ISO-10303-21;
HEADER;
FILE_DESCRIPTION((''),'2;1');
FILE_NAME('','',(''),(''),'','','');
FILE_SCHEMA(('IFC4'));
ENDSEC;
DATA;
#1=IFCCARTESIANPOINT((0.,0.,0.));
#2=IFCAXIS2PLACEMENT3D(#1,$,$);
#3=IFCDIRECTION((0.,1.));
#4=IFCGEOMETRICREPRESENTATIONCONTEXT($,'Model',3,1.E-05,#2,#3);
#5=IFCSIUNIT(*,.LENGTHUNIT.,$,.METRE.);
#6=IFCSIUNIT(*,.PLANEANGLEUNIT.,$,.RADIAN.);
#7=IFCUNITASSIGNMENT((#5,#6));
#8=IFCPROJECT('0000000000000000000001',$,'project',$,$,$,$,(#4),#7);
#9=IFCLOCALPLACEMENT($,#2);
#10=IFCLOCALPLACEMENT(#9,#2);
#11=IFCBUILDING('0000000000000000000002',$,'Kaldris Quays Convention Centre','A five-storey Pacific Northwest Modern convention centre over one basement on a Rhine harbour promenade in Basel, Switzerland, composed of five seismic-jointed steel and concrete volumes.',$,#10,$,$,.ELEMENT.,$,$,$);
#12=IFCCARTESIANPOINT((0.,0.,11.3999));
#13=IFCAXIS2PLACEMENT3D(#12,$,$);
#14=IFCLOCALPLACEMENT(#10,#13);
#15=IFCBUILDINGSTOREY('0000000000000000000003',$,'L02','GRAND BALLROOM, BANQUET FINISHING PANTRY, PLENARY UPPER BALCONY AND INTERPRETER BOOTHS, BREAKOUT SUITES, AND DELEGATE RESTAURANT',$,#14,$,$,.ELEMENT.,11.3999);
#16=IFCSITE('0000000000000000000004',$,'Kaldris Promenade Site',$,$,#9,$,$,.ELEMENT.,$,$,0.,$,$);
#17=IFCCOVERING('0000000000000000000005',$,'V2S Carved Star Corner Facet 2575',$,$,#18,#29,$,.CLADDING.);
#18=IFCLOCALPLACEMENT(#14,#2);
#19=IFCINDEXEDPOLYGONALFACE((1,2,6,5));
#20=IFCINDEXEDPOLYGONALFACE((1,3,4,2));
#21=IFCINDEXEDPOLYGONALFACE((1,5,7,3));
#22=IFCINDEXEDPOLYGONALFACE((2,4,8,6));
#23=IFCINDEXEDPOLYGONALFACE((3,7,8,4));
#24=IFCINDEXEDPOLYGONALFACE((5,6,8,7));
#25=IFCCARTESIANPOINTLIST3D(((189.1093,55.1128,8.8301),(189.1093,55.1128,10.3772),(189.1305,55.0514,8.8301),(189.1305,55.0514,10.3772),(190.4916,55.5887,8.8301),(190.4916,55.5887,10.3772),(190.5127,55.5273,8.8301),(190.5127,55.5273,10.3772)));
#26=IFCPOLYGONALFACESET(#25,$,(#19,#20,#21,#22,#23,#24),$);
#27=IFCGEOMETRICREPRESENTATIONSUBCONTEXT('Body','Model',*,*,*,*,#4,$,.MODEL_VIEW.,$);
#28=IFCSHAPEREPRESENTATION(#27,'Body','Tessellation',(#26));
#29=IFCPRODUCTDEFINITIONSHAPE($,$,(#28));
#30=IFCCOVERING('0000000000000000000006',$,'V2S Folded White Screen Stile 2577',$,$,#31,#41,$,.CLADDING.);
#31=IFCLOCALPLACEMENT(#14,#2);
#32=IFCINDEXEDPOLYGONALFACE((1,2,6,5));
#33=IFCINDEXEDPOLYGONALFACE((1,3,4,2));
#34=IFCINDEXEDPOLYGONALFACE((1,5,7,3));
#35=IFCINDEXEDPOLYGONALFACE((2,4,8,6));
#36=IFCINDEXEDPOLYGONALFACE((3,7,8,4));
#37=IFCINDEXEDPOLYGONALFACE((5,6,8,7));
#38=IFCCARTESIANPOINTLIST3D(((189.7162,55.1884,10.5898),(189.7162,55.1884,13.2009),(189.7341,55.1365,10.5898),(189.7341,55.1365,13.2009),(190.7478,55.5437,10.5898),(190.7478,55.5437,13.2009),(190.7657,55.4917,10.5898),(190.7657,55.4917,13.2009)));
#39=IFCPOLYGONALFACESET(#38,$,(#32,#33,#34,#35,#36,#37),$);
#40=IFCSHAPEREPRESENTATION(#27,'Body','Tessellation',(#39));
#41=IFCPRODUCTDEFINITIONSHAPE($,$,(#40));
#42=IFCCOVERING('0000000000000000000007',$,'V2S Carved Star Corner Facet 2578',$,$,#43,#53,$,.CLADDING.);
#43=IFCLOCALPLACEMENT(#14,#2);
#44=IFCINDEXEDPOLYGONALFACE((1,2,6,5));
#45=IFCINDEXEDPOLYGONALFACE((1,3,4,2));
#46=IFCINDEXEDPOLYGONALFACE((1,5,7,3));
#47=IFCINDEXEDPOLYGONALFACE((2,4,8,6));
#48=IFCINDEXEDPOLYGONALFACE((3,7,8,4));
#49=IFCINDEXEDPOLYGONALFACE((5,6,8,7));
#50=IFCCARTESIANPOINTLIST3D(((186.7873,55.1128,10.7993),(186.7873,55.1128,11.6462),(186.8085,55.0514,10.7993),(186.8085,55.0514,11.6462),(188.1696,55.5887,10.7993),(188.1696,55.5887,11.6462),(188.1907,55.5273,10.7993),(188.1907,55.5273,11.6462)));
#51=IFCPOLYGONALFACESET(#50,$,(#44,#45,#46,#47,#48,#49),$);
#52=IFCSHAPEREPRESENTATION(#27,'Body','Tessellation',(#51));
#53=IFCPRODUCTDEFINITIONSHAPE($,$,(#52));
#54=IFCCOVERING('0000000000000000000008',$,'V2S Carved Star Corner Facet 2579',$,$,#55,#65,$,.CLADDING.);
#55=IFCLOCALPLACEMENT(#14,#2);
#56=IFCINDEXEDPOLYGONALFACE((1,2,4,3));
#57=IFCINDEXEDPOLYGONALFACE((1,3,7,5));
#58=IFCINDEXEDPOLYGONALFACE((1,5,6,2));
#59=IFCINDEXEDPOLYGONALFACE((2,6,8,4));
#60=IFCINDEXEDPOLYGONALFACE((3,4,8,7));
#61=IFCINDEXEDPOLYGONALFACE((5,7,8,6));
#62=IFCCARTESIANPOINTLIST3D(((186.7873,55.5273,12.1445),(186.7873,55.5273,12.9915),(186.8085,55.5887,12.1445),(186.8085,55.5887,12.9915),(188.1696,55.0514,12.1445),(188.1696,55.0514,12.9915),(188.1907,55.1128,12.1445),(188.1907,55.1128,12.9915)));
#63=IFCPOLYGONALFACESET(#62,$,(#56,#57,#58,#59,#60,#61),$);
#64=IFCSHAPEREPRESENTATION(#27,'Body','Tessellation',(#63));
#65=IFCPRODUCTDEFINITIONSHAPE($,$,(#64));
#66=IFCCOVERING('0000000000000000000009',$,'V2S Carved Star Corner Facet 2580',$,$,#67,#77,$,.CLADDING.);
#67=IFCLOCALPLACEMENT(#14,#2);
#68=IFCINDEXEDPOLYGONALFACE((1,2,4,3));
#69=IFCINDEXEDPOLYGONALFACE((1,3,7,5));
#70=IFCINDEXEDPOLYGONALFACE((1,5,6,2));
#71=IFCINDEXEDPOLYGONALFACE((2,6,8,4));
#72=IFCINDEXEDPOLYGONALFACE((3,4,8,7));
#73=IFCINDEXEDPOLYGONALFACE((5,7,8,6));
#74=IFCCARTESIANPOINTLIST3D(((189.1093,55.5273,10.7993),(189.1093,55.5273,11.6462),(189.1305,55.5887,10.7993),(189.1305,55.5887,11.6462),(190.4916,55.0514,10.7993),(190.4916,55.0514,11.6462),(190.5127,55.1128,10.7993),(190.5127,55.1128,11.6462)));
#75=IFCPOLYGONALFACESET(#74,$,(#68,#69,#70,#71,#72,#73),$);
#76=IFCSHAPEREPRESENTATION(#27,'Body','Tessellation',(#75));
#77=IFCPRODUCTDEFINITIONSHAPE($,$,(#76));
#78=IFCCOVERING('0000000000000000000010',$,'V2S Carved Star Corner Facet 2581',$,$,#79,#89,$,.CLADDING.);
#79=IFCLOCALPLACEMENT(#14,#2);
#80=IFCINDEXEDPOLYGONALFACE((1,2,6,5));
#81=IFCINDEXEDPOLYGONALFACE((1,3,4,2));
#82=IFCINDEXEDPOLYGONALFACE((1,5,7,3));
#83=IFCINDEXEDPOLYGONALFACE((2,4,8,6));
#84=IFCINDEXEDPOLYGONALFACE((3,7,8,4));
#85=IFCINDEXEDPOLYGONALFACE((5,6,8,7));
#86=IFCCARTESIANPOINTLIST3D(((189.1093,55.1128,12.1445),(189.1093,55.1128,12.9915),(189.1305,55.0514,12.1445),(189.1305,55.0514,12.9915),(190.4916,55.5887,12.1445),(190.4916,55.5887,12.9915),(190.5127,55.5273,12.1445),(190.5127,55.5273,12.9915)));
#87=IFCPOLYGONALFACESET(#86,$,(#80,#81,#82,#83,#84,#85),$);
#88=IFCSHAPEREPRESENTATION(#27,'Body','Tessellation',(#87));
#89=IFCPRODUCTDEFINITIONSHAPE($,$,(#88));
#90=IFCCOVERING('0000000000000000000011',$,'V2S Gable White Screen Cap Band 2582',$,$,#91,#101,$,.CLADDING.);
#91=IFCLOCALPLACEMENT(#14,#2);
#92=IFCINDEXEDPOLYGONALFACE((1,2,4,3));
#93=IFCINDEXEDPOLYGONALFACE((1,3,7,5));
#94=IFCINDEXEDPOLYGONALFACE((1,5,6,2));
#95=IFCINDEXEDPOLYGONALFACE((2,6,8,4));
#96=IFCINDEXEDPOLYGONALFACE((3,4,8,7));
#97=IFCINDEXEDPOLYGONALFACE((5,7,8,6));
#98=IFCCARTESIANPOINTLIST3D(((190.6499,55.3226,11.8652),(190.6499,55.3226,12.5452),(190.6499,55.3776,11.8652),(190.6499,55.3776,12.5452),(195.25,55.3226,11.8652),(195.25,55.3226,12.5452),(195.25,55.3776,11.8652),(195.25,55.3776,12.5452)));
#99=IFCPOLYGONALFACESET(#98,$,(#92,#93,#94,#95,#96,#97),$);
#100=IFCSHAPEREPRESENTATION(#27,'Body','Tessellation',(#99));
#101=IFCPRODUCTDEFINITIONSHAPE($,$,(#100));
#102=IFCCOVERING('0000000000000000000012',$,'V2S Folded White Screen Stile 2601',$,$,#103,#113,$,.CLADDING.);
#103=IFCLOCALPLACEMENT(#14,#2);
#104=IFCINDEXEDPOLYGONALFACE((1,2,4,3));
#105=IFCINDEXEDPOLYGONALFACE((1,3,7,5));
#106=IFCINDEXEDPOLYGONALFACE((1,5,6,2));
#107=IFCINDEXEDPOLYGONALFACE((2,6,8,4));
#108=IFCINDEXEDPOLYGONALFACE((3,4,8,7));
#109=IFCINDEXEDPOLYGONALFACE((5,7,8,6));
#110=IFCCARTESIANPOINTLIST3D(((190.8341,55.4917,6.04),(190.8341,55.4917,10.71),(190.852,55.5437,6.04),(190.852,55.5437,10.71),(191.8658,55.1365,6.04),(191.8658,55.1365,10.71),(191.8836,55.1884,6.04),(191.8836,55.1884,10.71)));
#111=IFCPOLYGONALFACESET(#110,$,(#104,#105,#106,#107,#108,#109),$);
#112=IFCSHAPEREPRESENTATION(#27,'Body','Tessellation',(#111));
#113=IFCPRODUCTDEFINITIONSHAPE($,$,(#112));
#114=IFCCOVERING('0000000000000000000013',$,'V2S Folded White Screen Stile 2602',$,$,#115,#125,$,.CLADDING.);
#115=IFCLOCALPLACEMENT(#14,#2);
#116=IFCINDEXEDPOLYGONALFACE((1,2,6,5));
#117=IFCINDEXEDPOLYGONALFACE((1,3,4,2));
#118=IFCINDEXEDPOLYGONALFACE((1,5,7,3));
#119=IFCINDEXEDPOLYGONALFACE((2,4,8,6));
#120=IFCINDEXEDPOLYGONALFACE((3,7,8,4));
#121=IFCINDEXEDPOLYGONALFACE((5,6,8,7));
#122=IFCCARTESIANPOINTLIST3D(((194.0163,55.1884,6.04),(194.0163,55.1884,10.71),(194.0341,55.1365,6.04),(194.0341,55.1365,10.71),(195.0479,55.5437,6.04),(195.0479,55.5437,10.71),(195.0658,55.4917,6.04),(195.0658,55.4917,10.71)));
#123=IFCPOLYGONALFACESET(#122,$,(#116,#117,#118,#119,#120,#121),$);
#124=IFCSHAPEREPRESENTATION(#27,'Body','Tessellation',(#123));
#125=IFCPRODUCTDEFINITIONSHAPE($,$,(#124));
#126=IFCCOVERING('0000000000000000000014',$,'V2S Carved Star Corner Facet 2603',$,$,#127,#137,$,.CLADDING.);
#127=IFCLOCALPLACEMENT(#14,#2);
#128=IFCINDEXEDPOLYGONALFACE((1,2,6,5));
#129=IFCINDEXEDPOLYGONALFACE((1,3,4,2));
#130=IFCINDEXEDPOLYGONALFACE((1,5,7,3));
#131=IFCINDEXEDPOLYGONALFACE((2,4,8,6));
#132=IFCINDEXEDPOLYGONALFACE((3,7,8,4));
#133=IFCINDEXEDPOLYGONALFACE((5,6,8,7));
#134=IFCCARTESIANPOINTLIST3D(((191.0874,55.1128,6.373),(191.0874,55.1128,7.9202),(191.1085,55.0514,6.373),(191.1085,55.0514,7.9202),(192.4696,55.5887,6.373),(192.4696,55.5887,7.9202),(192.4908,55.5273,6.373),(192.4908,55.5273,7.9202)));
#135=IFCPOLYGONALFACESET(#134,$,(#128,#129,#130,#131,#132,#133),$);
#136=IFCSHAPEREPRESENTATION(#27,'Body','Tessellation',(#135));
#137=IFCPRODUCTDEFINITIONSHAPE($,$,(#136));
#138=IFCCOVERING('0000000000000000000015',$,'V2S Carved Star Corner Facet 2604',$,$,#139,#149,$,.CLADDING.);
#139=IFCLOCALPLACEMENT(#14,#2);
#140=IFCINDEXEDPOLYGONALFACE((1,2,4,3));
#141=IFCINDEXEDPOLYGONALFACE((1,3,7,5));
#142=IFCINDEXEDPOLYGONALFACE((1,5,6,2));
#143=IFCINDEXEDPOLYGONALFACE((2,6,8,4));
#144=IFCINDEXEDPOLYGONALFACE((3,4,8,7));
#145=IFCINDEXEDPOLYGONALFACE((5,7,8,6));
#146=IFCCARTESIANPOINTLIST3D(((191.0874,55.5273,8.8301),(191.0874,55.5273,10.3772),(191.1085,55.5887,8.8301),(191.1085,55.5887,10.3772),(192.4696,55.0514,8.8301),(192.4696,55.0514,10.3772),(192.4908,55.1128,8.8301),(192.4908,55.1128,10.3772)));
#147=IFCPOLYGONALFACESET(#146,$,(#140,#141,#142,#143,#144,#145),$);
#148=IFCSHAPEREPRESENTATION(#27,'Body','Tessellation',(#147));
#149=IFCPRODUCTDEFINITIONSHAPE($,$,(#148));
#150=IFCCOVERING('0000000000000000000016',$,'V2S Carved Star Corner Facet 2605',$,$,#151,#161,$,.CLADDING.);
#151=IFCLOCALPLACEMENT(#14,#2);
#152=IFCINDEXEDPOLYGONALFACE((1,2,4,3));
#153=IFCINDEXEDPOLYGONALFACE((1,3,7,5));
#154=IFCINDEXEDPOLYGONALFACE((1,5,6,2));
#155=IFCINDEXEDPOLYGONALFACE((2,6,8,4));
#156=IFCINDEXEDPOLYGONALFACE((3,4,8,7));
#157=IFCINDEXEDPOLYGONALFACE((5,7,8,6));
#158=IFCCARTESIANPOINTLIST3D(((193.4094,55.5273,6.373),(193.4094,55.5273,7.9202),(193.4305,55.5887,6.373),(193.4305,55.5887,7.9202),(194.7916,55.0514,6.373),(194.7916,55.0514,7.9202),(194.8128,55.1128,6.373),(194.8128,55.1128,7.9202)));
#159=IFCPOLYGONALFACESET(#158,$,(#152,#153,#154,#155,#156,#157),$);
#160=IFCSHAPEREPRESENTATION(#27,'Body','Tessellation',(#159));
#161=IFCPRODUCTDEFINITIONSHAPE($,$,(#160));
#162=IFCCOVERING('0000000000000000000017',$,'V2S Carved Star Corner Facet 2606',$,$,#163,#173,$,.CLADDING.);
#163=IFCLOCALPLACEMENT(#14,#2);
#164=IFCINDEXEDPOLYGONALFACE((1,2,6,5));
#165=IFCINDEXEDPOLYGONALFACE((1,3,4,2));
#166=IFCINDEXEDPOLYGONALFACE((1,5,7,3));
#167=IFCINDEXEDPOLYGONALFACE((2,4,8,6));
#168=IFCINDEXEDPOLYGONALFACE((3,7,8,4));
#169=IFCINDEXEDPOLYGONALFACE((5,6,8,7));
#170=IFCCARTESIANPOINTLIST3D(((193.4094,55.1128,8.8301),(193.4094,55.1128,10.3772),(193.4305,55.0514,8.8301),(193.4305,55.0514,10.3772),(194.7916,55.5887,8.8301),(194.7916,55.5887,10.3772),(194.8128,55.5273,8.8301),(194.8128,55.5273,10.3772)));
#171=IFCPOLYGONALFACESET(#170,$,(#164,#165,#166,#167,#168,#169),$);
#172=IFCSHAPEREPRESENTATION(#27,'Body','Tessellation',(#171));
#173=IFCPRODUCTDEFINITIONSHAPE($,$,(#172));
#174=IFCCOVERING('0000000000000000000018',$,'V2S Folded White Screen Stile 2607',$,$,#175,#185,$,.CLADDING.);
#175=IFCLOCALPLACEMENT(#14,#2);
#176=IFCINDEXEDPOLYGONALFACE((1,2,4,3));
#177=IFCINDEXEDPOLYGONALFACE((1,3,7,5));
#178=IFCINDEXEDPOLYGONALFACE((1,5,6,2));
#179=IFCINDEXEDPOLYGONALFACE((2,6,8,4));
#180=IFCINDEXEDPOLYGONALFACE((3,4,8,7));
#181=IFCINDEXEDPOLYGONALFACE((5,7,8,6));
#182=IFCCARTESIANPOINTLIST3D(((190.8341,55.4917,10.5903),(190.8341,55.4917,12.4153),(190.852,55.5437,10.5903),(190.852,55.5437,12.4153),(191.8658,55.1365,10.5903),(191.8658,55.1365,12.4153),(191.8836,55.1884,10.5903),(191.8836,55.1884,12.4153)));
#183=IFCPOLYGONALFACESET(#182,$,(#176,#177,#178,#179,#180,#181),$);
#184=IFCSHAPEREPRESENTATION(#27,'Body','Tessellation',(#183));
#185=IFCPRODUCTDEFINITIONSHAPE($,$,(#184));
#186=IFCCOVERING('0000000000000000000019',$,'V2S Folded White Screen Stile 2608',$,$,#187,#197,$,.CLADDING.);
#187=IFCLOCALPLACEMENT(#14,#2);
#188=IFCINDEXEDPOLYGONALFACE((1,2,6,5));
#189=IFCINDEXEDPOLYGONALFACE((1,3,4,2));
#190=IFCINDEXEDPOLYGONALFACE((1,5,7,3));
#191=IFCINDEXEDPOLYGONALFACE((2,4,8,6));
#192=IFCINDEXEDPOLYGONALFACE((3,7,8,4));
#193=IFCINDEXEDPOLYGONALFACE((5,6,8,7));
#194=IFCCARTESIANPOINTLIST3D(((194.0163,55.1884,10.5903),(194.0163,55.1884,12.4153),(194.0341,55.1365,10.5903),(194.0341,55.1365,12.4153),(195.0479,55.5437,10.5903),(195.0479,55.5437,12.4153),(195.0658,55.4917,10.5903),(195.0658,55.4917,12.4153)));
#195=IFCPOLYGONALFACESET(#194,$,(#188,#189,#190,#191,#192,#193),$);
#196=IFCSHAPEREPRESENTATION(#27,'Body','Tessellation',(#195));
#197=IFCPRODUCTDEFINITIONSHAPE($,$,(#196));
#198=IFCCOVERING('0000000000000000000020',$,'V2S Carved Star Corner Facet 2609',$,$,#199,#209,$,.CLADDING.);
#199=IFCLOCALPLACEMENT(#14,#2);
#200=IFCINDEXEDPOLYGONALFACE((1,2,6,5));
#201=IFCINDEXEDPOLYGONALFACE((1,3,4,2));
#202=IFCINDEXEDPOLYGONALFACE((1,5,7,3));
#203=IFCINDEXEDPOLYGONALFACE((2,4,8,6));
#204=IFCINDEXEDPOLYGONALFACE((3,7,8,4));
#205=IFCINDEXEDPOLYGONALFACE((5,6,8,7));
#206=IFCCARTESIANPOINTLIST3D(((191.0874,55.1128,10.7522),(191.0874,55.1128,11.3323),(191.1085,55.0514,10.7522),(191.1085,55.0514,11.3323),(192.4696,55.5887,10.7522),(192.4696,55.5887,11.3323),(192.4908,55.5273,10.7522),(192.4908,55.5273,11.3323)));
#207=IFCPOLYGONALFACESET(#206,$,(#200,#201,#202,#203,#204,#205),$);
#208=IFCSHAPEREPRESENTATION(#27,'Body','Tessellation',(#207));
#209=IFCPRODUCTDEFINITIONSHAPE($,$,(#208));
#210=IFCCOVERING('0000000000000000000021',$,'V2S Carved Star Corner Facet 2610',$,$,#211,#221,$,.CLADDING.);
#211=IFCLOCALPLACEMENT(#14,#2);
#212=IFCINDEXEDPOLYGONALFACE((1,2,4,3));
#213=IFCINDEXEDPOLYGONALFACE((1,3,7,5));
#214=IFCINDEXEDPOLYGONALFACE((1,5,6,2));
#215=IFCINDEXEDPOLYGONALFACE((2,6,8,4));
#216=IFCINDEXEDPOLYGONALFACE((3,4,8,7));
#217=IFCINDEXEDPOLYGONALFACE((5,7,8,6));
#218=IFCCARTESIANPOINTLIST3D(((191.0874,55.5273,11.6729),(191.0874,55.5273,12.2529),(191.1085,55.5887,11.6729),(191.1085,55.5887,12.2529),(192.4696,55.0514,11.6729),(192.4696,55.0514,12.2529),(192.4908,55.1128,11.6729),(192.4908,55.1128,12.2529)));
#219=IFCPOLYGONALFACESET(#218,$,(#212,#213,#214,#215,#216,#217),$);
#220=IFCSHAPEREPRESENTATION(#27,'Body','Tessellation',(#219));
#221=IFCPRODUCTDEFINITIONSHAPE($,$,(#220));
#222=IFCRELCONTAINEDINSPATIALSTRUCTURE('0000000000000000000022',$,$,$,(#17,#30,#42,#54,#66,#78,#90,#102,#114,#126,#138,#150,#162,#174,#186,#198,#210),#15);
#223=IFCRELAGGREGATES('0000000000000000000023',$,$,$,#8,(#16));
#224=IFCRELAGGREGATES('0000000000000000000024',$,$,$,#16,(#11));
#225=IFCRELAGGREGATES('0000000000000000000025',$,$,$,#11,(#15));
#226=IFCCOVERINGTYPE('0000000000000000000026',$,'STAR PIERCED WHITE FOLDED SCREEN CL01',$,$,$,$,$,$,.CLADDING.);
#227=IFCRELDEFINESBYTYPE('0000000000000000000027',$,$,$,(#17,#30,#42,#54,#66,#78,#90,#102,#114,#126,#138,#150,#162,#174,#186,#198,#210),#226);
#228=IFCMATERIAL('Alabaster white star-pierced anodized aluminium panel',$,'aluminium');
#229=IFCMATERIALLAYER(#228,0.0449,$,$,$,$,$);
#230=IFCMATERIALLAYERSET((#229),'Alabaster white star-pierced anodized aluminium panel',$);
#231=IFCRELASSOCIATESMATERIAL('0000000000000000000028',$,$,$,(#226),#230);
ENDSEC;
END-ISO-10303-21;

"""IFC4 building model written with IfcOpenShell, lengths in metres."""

from ifc_helpers import new_model, si_unit, direction, frame, origin, origin_2d, place, context, subcontext, project, spatial, rectangle, extrude, material, layer, layer_set, type_object, element, save


model = new_model("IFC4")

# Units and contexts
model_context = context("Model", 3, precision=1e-05, world=origin(), true_north=direction((0.0, 1.0)))
body_context = subcontext(model_context, "Body", "Model", "MODEL_VIEW")
ifc_project = project(units=[si_unit("LENGTHUNIT", "METRE"), si_unit("PLANEANGLEUNIT", "RADIAN")], contexts=[model_context])

# Site, building, storey
site_placement = place(None, origin())
site = spatial("IfcSite", under=ifc_project, at=site_placement, Name="Kaldris Promenade Site", CompositionType="ELEMENT", RefElevation=0.0)
building_placement = place(site_placement, origin())
building = spatial("IfcBuilding", under=site, at=building_placement, Name="Kaldris Quays Convention Centre", Description="A five-storey Pacific Northwest Modern convention centre over one basement on a Rhine harbour promenade in Basel, Switzerland, composed of five seismic-jointed steel and concrete volumes.", CompositionType="ELEMENT")
storey_placement = place(building_placement, frame((0.0, 0.0, 11.3999)))
storey = spatial("IfcBuildingStorey", under=building, at=storey_placement, Name="L02", Description="GRAND BALLROOM, BANQUET FINISHING PANTRY, PLENARY UPPER BALCONY AND INTERPRETER BOOTHS, BREAKOUT SUITES, AND DELEGATE RESTAURANT", CompositionType="ELEMENT", Elevation=11.3999)

# Coverings
ifc_material_1 = material(Name="Alabaster white star-pierced anodized aluminium panel", Category="aluminium")
ifc_layer = layer(ifc_material_1, 0.0449)
ifc_layer_set = layer_set([ifc_layer], Name="Alabaster white star-pierced anodized aluminium panel")
covering_type = type_object("IfcCoveringType", Name="STAR PIERCED WHITE FOLDED SCREEN CL01", PredefinedType="CLADDING", material=ifc_layer_set)
for number, where, z_axis, x_axis, name in (
    (1, (189.811, 55.3201, 8.8301), (0.0, 0.0, 1.0), (0.945519, 0.325568, 0.0), "V2S Carved Star Corner Facet 2575"),
):
    element("IfcCovering", number, at=place(storey_placement, frame(where, z_axis=z_axis, x_axis=x_axis)), inside=storey, type_object=covering_type, Name=name, PredefinedType="CLADDING", context=body_context, shape_type="SweptSolid", body=[
        extrude(rectangle(XDim=1.4619, YDim=0.0649, at=origin_2d()), origin(), (0.0, 0.0, 1.0), 1.5471),
    ])
covering_1_placement = place(storey_placement, frame((190.241, 55.3401, 10.5898), z_axis=(0.0, 0.0, 1.0), x_axis=(0.945519, 0.325568, 0.0)))
element("IfcCovering", 2, at=covering_1_placement, inside=storey, type_object=covering_type, Name="V2S Folded White Screen Stile 2577", PredefinedType="CLADDING", context=body_context, shape_type="SweptSolid", body=[
    extrude(rectangle(XDim=1.0911, YDim=0.0549, at=origin_2d()), origin(), (0.0, 0.0, 1.0), 2.6111),
])
for number, where, z_axis, x_axis, name in (
    (3, (187.489, 55.3201, 10.7993), (0.0, 0.0, 1.0), (0.945519, 0.325568, 0.0), "V2S Carved Star Corner Facet 2578"),
    (4, (187.489, 55.3201, 12.1445), (0.0, 0.0, 1.0), (0.945519, -0.325568, 0.0), "V2S Carved Star Corner Facet 2579"),
    (5, (189.811, 55.3201, 10.7993), (0.0, 0.0, 1.0), (0.945519, -0.325568, 0.0), "V2S Carved Star Corner Facet 2580"),
    (6, (189.811, 55.3201, 12.1445), (0.0, 0.0, 1.0), (0.945519, 0.325568, 0.0), "V2S Carved Star Corner Facet 2581"),
):
    element("IfcCovering", number, at=place(storey_placement, frame(where, z_axis=z_axis, x_axis=x_axis)), inside=storey, type_object=covering_type, Name=name, PredefinedType="CLADDING", context=body_context, shape_type="SweptSolid", body=[
        extrude(rectangle(XDim=1.4619, YDim=0.0649, at=origin_2d()), origin(), (0.0, 0.0, 1.0), 0.8469),
    ])
covering_2_placement = place(storey_placement, frame((192.95, 55.3501, 11.8652), z_axis=(0.0, 0.0, 1.0), x_axis=(1.0, 0.0, 0.0)))
element("IfcCovering", 7, at=covering_2_placement, inside=storey, type_object=covering_type, Name="V2S Gable White Screen Cap Band 2582", PredefinedType="CLADDING", context=body_context, shape_type="SweptSolid", body=[
    extrude(rectangle(XDim=4.6001, YDim=0.0549, at=origin_2d()), origin(), (0.0, 0.0, 1.0), 0.6799),
])
for number, where, z_axis, x_axis, name in (
    (8, (191.3589, 55.3401, 6.04), (0.0, 0.0, 1.0), (0.945519, -0.325568, 0.0), "V2S Folded White Screen Stile 2601"),
    (9, (194.541, 55.3401, 6.04), (0.0, 0.0, 1.0), (0.945519, 0.325568, 0.0), "V2S Folded White Screen Stile 2602"),
):
    element("IfcCovering", number, at=place(storey_placement, frame(where, z_axis=z_axis, x_axis=x_axis)), inside=storey, type_object=covering_type, Name=name, PredefinedType="CLADDING", context=body_context, shape_type="SweptSolid", body=[
        extrude(rectangle(XDim=1.0911, YDim=0.0549, at=origin_2d()), origin(), (0.0, 0.0, 1.0), 4.6699),
    ])
for number, where, z_axis, x_axis, name in (
    (10, (191.7891, 55.3201, 6.373), (0.0, 0.0, 1.0), (0.945519, 0.325568, 0.0), "V2S Carved Star Corner Facet 2603"),
    (11, (191.7891, 55.3201, 8.8301), (0.0, 0.0, 1.0), (0.945519, -0.325568, 0.0), "V2S Carved Star Corner Facet 2604"),
    (12, (194.1111, 55.3201, 6.373), (0.0, 0.0, 1.0), (0.945519, -0.325568, 0.0), "V2S Carved Star Corner Facet 2605"),
    (13, (194.1111, 55.3201, 8.8301), (0.0, 0.0, 1.0), (0.945519, 0.325568, 0.0), "V2S Carved Star Corner Facet 2606"),
):
    element("IfcCovering", number, at=place(storey_placement, frame(where, z_axis=z_axis, x_axis=x_axis)), inside=storey, type_object=covering_type, Name=name, PredefinedType="CLADDING", context=body_context, shape_type="SweptSolid", body=[
        extrude(rectangle(XDim=1.4619, YDim=0.0649, at=origin_2d()), origin(), (0.0, 0.0, 1.0), 1.5471),
    ])
for number, where, z_axis, x_axis, name in (
    (14, (191.3589, 55.3401, 10.5903), (0.0, 0.0, 1.0), (0.945519, -0.325568, 0.0), "V2S Folded White Screen Stile 2607"),
    (15, (194.541, 55.3401, 10.5903), (0.0, 0.0, 1.0), (0.945519, 0.325568, 0.0), "V2S Folded White Screen Stile 2608"),
):
    element("IfcCovering", number, at=place(storey_placement, frame(where, z_axis=z_axis, x_axis=x_axis)), inside=storey, type_object=covering_type, Name=name, PredefinedType="CLADDING", context=body_context, shape_type="SweptSolid", body=[
        extrude(rectangle(XDim=1.0911, YDim=0.0549, at=origin_2d()), origin(), (0.0, 0.0, 1.0), 1.825),
    ])
for number, where, z_axis, x_axis, name in (
    (16, (191.7891, 55.3201, 10.7522), (0.0, 0.0, 1.0), (0.945519, 0.325568, 0.0), "V2S Carved Star Corner Facet 2609"),
    (17, (191.7891, 55.3201, 11.6729), (0.0, 0.0, 1.0), (0.945519, -0.325568, 0.0), "V2S Carved Star Corner Facet 2610"),
):
    element("IfcCovering", number, at=place(storey_placement, frame(where, z_axis=z_axis, x_axis=x_axis)), inside=storey, type_object=covering_type, Name=name, PredefinedType="CLADDING", context=body_context, shape_type="SweptSolid", body=[
        extrude(rectangle(XDim=1.4619, YDim=0.0649, at=origin_2d()), origin(), (0.0, 0.0, 1.0), 0.5801),
    ])

save(model, "model.ifc")
